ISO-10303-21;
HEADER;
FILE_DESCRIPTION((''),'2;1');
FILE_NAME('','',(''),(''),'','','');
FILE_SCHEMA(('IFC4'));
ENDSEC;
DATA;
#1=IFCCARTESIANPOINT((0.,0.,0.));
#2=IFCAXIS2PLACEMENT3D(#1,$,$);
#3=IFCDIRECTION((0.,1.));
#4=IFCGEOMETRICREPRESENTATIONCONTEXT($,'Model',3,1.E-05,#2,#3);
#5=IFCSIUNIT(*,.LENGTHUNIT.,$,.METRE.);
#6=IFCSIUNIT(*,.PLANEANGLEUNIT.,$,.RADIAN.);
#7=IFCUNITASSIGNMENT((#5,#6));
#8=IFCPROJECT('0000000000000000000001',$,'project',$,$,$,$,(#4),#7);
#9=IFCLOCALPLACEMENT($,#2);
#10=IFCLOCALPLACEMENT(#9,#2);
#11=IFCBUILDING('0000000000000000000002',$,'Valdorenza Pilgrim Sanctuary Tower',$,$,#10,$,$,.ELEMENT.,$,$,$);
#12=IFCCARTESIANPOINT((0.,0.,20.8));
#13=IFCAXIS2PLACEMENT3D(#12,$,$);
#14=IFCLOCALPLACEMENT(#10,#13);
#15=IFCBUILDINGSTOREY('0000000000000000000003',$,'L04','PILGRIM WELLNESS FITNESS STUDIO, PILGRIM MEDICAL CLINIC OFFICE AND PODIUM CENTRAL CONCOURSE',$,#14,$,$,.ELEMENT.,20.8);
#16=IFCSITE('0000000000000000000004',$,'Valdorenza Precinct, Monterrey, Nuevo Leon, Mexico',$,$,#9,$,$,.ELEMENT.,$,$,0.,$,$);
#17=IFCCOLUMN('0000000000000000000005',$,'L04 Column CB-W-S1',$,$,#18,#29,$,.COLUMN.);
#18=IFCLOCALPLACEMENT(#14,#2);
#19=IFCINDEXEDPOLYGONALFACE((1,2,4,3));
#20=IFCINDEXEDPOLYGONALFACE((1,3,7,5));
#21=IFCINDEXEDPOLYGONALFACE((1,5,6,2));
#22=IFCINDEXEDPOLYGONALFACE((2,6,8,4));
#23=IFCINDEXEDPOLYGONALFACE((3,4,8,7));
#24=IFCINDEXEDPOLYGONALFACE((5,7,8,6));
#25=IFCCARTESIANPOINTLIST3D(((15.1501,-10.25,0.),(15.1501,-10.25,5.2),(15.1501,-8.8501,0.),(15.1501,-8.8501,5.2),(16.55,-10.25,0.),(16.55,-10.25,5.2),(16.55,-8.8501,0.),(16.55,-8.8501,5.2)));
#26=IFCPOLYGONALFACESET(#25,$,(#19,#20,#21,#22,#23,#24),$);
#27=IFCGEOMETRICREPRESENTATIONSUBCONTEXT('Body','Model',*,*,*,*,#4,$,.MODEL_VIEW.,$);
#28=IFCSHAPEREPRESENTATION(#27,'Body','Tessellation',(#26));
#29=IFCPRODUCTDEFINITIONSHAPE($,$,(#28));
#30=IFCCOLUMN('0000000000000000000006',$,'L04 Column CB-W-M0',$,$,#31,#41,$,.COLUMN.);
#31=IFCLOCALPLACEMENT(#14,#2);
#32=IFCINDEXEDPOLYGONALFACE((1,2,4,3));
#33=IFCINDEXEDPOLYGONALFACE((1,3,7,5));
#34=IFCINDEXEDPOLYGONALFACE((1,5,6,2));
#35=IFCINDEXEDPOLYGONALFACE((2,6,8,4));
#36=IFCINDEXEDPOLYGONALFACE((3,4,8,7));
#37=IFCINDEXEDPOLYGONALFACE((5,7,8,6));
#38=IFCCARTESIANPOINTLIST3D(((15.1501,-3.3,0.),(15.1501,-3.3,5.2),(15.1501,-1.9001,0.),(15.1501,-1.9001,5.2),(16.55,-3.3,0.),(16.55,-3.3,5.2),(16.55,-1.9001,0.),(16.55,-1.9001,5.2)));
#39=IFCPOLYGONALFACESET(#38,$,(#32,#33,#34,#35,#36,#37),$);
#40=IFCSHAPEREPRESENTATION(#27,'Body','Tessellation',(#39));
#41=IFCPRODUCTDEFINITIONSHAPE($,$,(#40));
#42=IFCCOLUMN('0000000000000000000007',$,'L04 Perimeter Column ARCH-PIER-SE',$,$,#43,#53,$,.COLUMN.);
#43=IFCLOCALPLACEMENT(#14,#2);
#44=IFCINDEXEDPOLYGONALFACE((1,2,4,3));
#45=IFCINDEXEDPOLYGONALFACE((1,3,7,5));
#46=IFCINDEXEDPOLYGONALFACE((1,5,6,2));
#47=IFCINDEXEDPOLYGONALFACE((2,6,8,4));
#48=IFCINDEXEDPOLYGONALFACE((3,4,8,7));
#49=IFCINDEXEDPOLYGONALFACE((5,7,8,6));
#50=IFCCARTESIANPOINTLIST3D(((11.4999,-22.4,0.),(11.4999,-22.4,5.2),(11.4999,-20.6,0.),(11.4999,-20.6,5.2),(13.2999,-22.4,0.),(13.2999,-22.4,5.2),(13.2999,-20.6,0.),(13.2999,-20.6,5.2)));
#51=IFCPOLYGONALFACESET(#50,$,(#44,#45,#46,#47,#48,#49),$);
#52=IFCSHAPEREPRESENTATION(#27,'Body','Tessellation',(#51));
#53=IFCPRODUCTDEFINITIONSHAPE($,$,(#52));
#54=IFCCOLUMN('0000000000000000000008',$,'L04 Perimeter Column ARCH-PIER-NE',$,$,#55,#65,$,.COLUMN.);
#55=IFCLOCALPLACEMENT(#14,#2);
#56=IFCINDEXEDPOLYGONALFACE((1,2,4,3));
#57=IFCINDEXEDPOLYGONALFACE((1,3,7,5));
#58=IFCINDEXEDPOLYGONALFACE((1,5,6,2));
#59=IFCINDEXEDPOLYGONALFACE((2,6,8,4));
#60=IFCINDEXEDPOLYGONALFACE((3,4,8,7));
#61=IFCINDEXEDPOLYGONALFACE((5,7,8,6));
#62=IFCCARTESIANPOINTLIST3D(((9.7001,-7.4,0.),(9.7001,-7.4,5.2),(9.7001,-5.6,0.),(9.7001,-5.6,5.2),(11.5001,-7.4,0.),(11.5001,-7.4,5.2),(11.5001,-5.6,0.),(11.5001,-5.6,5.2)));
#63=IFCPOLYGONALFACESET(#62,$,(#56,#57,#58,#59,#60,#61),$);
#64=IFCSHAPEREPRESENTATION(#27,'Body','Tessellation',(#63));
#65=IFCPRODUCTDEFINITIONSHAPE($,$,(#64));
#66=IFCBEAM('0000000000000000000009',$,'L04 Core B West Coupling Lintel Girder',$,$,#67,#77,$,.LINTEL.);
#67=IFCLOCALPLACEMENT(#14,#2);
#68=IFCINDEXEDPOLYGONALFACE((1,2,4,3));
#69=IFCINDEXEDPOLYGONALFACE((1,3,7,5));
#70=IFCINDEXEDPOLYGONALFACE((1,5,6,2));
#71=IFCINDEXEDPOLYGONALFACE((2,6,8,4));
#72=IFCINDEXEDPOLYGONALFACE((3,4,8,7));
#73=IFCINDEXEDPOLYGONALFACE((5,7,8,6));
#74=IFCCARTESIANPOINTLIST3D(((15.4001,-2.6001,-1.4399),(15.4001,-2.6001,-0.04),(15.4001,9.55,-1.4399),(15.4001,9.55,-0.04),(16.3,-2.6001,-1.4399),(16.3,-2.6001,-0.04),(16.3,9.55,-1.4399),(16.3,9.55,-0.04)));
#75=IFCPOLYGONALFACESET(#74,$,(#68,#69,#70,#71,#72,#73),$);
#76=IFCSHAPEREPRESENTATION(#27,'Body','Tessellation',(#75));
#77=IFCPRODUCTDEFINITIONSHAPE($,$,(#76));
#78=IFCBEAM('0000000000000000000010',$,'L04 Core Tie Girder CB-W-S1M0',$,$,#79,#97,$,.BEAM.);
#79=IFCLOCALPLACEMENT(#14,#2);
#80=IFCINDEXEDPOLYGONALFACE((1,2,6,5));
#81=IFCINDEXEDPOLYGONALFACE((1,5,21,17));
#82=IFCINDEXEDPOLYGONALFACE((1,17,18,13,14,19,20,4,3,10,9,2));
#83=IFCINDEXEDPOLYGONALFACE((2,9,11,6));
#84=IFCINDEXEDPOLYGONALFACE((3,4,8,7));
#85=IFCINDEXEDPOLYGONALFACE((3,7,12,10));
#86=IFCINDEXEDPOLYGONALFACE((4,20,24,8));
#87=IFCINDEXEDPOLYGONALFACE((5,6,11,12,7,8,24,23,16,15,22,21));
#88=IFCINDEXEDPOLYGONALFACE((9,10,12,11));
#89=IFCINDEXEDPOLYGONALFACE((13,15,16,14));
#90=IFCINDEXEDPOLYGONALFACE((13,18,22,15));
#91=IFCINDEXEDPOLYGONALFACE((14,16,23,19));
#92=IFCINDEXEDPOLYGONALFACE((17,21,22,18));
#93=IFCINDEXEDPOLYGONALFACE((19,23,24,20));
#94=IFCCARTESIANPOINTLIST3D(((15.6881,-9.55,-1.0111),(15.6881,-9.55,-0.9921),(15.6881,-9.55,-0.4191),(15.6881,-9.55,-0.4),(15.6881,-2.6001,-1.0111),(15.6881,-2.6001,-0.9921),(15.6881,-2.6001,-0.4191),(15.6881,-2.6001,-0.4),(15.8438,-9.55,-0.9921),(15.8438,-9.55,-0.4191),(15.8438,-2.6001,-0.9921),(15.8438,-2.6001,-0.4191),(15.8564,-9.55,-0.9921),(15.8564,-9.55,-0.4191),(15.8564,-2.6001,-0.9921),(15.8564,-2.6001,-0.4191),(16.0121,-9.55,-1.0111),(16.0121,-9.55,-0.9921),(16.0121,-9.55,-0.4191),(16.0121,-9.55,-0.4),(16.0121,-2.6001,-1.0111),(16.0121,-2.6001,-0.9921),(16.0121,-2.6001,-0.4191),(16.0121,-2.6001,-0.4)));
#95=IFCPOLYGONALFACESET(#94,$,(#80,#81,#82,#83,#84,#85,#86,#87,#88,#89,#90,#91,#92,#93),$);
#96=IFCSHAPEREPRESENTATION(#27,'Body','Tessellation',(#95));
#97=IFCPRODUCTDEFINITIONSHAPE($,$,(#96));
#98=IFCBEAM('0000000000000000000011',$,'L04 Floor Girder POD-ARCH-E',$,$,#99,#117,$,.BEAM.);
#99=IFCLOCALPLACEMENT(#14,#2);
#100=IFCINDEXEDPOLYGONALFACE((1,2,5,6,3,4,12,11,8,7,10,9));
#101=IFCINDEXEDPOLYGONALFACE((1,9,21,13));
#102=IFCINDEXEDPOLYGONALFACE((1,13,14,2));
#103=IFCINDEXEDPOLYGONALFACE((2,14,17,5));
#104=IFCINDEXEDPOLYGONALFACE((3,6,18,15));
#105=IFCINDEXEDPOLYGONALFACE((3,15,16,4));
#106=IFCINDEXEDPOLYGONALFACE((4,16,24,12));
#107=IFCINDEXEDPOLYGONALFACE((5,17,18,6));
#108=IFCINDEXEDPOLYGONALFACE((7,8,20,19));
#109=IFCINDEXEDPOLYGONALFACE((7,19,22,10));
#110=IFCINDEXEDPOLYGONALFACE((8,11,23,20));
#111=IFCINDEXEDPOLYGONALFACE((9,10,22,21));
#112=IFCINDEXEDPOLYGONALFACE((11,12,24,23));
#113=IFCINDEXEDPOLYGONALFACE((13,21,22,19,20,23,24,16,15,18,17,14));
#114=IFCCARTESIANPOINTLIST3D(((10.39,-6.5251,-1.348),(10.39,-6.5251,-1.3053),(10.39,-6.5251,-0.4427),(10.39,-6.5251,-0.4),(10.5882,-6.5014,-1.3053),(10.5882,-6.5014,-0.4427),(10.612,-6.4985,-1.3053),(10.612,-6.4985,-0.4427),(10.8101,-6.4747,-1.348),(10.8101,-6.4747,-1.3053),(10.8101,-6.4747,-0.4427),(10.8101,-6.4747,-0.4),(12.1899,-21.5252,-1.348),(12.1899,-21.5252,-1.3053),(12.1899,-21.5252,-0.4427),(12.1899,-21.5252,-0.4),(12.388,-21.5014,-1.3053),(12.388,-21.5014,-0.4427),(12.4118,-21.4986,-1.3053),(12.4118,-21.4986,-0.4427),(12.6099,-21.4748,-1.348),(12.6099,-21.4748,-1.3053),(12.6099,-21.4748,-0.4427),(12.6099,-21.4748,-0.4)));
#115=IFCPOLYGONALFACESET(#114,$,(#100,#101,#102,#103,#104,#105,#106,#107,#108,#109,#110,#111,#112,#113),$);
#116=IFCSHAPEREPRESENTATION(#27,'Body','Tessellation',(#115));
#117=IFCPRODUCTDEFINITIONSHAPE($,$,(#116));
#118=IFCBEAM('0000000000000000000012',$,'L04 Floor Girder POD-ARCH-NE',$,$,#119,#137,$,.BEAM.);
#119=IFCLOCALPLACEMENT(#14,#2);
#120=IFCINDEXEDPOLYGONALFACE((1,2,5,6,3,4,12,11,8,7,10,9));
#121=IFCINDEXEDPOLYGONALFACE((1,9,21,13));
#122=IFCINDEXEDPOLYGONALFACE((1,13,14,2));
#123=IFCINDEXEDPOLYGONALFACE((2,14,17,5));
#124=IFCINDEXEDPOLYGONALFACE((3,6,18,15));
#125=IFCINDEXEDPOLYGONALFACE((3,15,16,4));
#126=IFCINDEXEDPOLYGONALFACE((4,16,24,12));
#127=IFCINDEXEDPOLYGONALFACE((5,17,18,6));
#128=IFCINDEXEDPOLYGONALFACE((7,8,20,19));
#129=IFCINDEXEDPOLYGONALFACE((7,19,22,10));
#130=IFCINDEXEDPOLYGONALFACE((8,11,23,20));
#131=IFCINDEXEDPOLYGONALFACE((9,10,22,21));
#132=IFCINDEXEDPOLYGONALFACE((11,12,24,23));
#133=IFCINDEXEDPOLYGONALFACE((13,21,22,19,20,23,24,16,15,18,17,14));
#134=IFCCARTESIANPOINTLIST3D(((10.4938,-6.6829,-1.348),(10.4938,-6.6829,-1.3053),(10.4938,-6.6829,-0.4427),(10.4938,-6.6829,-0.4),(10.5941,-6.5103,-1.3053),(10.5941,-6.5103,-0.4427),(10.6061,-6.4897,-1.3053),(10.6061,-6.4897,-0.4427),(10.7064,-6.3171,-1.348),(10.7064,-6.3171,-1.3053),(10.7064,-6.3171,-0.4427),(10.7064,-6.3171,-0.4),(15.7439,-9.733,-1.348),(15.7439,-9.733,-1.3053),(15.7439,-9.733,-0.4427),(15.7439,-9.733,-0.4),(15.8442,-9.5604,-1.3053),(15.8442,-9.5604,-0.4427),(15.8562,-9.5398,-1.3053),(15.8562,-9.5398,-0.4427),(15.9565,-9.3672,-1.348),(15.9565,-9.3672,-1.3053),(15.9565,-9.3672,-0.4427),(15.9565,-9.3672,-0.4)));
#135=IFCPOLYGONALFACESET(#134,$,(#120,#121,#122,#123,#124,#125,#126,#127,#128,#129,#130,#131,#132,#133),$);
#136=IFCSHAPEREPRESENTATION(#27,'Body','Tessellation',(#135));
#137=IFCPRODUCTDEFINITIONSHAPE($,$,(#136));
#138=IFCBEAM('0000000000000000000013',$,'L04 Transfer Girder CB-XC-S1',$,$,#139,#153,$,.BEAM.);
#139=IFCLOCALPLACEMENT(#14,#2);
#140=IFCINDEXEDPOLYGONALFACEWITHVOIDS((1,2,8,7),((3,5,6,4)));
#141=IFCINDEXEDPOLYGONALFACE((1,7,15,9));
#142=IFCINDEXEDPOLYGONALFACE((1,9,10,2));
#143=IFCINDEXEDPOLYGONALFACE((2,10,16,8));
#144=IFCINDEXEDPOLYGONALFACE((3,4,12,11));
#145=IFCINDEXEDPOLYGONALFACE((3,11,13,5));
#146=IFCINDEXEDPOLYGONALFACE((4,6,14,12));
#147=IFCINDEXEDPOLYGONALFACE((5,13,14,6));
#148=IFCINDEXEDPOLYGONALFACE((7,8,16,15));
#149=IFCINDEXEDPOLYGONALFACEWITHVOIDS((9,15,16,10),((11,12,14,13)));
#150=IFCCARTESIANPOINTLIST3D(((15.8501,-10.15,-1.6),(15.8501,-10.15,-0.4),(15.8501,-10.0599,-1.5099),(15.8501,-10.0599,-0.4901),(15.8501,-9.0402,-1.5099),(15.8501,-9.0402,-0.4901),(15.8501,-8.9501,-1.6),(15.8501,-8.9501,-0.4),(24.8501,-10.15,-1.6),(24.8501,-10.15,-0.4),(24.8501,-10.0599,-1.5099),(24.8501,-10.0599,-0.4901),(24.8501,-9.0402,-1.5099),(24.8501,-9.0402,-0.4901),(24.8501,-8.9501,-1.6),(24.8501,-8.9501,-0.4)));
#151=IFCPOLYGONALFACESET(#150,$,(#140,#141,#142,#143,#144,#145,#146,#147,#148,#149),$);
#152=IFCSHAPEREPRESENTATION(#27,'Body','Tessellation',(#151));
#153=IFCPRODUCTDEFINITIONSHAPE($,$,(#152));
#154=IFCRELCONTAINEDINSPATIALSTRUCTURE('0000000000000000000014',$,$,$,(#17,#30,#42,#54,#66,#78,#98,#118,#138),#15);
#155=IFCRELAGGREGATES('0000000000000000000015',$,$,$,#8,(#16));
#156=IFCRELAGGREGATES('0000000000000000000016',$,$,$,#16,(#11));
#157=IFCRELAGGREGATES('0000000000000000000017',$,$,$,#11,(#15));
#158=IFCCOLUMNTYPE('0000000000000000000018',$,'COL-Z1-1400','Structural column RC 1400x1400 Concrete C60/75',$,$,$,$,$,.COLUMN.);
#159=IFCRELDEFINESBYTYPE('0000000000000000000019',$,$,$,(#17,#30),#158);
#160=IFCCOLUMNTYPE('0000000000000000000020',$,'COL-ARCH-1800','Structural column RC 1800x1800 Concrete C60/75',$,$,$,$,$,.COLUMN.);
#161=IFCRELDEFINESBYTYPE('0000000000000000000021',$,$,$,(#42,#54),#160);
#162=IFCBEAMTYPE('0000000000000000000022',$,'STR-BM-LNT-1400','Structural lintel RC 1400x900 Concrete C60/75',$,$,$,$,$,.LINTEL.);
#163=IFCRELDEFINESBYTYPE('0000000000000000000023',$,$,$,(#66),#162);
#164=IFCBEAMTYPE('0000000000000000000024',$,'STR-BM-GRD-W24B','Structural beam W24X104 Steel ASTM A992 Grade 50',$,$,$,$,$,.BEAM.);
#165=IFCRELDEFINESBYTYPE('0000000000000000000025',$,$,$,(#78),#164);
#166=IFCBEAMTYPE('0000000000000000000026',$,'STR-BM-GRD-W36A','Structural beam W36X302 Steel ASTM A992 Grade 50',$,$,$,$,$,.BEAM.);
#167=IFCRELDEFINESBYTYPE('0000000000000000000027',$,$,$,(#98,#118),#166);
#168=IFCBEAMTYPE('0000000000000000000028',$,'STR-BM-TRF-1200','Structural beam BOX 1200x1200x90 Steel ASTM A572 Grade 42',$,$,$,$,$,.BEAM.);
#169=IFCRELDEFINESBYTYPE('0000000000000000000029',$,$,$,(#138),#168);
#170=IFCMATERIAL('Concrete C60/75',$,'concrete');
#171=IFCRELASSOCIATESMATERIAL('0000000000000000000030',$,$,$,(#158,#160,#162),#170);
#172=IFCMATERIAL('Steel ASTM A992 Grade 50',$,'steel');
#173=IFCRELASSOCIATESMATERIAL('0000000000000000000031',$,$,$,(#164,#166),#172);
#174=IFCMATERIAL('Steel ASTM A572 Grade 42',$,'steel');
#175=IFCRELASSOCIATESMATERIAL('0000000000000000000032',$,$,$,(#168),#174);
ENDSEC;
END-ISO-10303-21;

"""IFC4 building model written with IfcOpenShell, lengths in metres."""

from ifc_helpers import new_model, si_unit, direction, frame, origin, origin_2d, place, context, subcontext, project, spatial, rectangle, hollow_rectangle, i_section, extrude, source, transform, mapped, material, material_profile, profile_set, type_object, element, save


model = new_model("IFC4")

# Units and contexts
model_context = context("Model", 3, precision=1e-05, world=origin(), true_north=direction((0.0, 1.0)))
body_context = subcontext(model_context, "Body", "Model", "MODEL_VIEW")
ifc_project = project(units=[si_unit("LENGTHUNIT", "METRE"), si_unit("PLANEANGLEUNIT", "RADIAN")], contexts=[model_context])

# Site, building, storey
site_placement = place(None, origin())
site = spatial("IfcSite", under=ifc_project, at=site_placement, Name="Valdorenza Precinct, Monterrey, Nuevo Leon, Mexico", CompositionType="ELEMENT", RefElevation=0.0)
building_placement = place(site_placement, origin())
building = spatial("IfcBuilding", under=site, at=building_placement, Name="Valdorenza Pilgrim Sanctuary Tower", CompositionType="ELEMENT")
storey_placement = place(building_placement, frame((0.0, 0.0, 20.8)))
storey = spatial("IfcBuildingStorey", under=building, at=storey_placement, Name="L04", Description="PILGRIM WELLNESS FITNESS STUDIO, PILGRIM MEDICAL CLINIC OFFICE AND PODIUM CENTRAL CONCOURSE", CompositionType="ELEMENT", Elevation=20.8)

# Columns
ifc_material_1 = material(Name="Concrete C60/75", Category="concrete")
ifc_material_profile_1 = material_profile(ifc_material_1, rectangle(XDim=1.3999, YDim=1.3999, at=origin_2d()), Name="RC 1400x1400")
ifc_profile_set_1 = profile_set([ifc_material_profile_1], Name="Concrete C60/75")
column_type_1 = type_object("IfcColumnType", Name="COL-Z1-1400", Description="Structural column RC 1400x1400 Concrete C60/75", PredefinedType="COLUMN", material=ifc_profile_set_1)
shared_shape_1 = source(origin(), body_context, "Body", "SweptSolid", [
    extrude(rectangle(XDim=1.3999, YDim=1.3999, at=origin_2d()), origin(), (0.0, 0.0, 1.0), 5.2),
])
for number, where, z_axis, x_axis, name in (
    (1, (15.8501, -9.55, 0.0), (0.0, 0.0, 1.0), (1.0, 0.0, 0.0), "L04 Column CB-W-S1"),
    (2, (15.8501, -2.6001, 0.0), (0.0, 0.0, 1.0), (1.0, 0.0, 0.0), "L04 Column CB-W-M0"),
):
    element("IfcColumn", number, at=place(storey_placement, frame(where, z_axis=z_axis, x_axis=x_axis)), inside=storey, type_object=column_type_1, Name=name, PredefinedType="COLUMN", context=body_context, shape_type="MappedRepresentation", body=[
        mapped(shared_shape_1, transform((0.0, 0.0, 0.0), x_axis=(1.0, 0.0, 0.0), y_axis=(0.0, 1.0, 0.0), z_axis=(0.0, 0.0, 1.0), scale=1.0)),
    ])
ifc_material_profile_2 = material_profile(ifc_material_1, rectangle(XDim=1.8, YDim=1.8, at=origin_2d()), Name="RC 1800x1800")
ifc_profile_set_2 = profile_set([ifc_material_profile_2], Name="Concrete C60/75")
column_type_2 = type_object("IfcColumnType", Name="COL-ARCH-1800", Description="Structural column RC 1800x1800 Concrete C60/75", PredefinedType="COLUMN", material=ifc_profile_set_2)
shared_shape_2 = source(origin(), body_context, "Body", "SweptSolid", [
    extrude(rectangle(XDim=1.8, YDim=1.8, at=origin_2d()), origin(), (0.0, 0.0, 1.0), 5.2),
])
for number, where, z_axis, x_axis, name in (
    (3, (12.3999, -21.5, 0.0), (0.0, 0.0, 1.0), (1.0, 0.0, 0.0), "L04 Perimeter Column ARCH-PIER-SE"),
    (4, (10.6001, -6.5, 0.0), (0.0, 0.0, 1.0), (1.0, 0.0, 0.0), "L04 Perimeter Column ARCH-PIER-NE"),
):
    element("IfcColumn", number, at=place(storey_placement, frame(where, z_axis=z_axis, x_axis=x_axis)), inside=storey, type_object=column_type_2, Name=name, PredefinedType="COLUMN", context=body_context, shape_type="MappedRepresentation", body=[
        mapped(shared_shape_2, transform((0.0, 0.0, 0.0), x_axis=(1.0, 0.0, 0.0), y_axis=(0.0, 1.0, 0.0), z_axis=(0.0, 0.0, 1.0), scale=1.0)),
    ])

# Beams
ifc_material_profile_3 = material_profile(ifc_material_1, rectangle(XDim=0.8999, YDim=1.3999, at=origin_2d()), Name="RC 1400x900")
ifc_profile_set_3 = profile_set([ifc_material_profile_3], Name="Concrete C60/75")
beam_type_1 = type_object("IfcBeamType", Name="STR-BM-LNT-1400", Description="Structural lintel RC 1400x900 Concrete C60/75", PredefinedType="LINTEL", material=ifc_profile_set_3)
shared_shape_3 = source(origin(), body_context, "Body", "SweptSolid", [
    extrude(rectangle(XDim=0.8999, YDim=1.3999, at=origin_2d()), origin(), (0.0, 0.0, 1.0), 12.1501),
])
beam_1_placement = place(storey_placement, frame((15.8501, -2.6001, -0.74), z_axis=(0.0, 1.0, 0.0), x_axis=(-1.0, 0.0, 0.0)))
element("IfcBeam", 5, at=beam_1_placement, inside=storey, type_object=beam_type_1, Name="L04 Core B West Coupling Lintel Girder", PredefinedType="LINTEL", context=body_context, shape_type="MappedRepresentation", body=[
    mapped(shared_shape_3, transform((0.0, 0.0, 0.0), x_axis=(1.0, 0.0, 0.0), y_axis=(0.0, 1.0, 0.0), z_axis=(0.0, 0.0, 1.0), scale=1.0)),
])
ifc_material_2 = material(Name="Steel ASTM A992 Grade 50", Category="steel")
ifc_material_profile_4 = material_profile(ifc_material_2, i_section(OverallWidth=0.324, OverallDepth=0.6111, WebThickness=0.0127, FlangeThickness=0.019, at=origin_2d()), Name="W24X104")
ifc_profile_set_4 = profile_set([ifc_material_profile_4], Name="Steel ASTM A992 Grade 50")
beam_type_2 = type_object("IfcBeamType", Name="STR-BM-GRD-W24B", Description="Structural beam W24X104 Steel ASTM A992 Grade 50", PredefinedType="BEAM", material=ifc_profile_set_4)
shared_shape_4 = source(origin(), body_context, "Body", "SweptSolid", [
    extrude(i_section(OverallWidth=0.324, OverallDepth=0.6111, WebThickness=0.0127, FlangeThickness=0.019, at=origin_2d()), origin(), (0.0, 0.0, 1.0), 6.95),
])
beam_2_placement = place(storey_placement, frame((15.8501, -9.55, -0.7056), z_axis=(0.0, 1.0, 0.0), x_axis=(-1.0, 0.0, 0.0)))
element("IfcBeam", 6, at=beam_2_placement, inside=storey, type_object=beam_type_2, Name="L04 Core Tie Girder CB-W-S1M0", PredefinedType="BEAM", context=body_context, shape_type="MappedRepresentation", body=[
    mapped(shared_shape_4, transform((0.0, 0.0, 0.0), x_axis=(1.0, 0.0, 0.0), y_axis=(0.0, 1.0, 0.0), z_axis=(0.0, 0.0, 1.0), scale=1.0)),
])
ifc_material_profile_5 = material_profile(ifc_material_2, i_section(OverallWidth=0.4231, OverallDepth=0.948, WebThickness=0.0239, FlangeThickness=0.0427, at=origin_2d()), Name="W36X302")
ifc_profile_set_5 = profile_set([ifc_material_profile_5], Name="Steel ASTM A992 Grade 50")
beam_type_3 = type_object("IfcBeamType", Name="STR-BM-GRD-W36A", Description="Structural beam W36X302 Steel ASTM A992 Grade 50", PredefinedType="BEAM", material=ifc_profile_set_5)
shared_shape_5 = source(origin(), body_context, "Body", "SweptSolid", [
    extrude(i_section(OverallWidth=0.4231, OverallDepth=0.948, WebThickness=0.0239, FlangeThickness=0.0427, at=origin_2d()), origin(), (0.0, 0.0, 1.0), 15.1077),
])
beam_3_placement = place(storey_placement, frame((12.3999, -21.5, -0.874), z_axis=(-0.119132, 0.992878, 0.0), x_axis=(-0.992878, -0.119132, 0.0)))
element("IfcBeam", 7, at=beam_3_placement, inside=storey, type_object=beam_type_3, Name="L04 Floor Girder POD-ARCH-E", PredefinedType="BEAM", context=body_context, shape_type="MappedRepresentation", body=[
    mapped(shared_shape_5, transform((0.0, 0.0, 0.0), x_axis=(1.0, 0.0, 0.0), y_axis=(0.0, 1.0, 0.0), z_axis=(0.0, 0.0, 1.0), scale=1.0)),
])
shared_shape_6 = source(origin(), body_context, "Body", "SweptSolid", [
    extrude(i_section(OverallWidth=0.4231, OverallDepth=0.948, WebThickness=0.0239, FlangeThickness=0.0427, at=origin_2d()), origin(), (0.0, 0.0, 1.0), 6.0718),
])
beam_4_placement = place(storey_placement, frame((10.6001, -6.5, -0.874), z_axis=(0.86467, -0.50234, 0.0), x_axis=(0.50234, 0.86467, 0.0)))
element("IfcBeam", 8, at=beam_4_placement, inside=storey, type_object=beam_type_3, Name="L04 Floor Girder POD-ARCH-NE", PredefinedType="BEAM", context=body_context, shape_type="MappedRepresentation", body=[
    mapped(shared_shape_6, transform((0.0, 0.0, 0.0), x_axis=(1.0, 0.0, 0.0), y_axis=(0.0, 1.0, 0.0), z_axis=(0.0, 0.0, 1.0), scale=1.0)),
])
ifc_material_3 = material(Name="Steel ASTM A572 Grade 42", Category="steel")
ifc_material_profile_6 = material_profile(ifc_material_3, hollow_rectangle(XDim=1.2, YDim=1.2, WallThickness=0.0901, at=origin_2d()), Name="BOX 1200x1200x90")
ifc_profile_set_6 = profile_set([ifc_material_profile_6], Name="Steel ASTM A572 Grade 42")
beam_type_4 = type_object("IfcBeamType", Name="STR-BM-TRF-1200", Description="Structural beam BOX 1200x1200x90 Steel ASTM A572 Grade 42", PredefinedType="BEAM", material=ifc_profile_set_6)
shared_shape_7 = source(origin(), body_context, "Body", "SweptSolid", [
    extrude(hollow_rectangle(XDim=1.2, YDim=1.2, WallThickness=0.0901, at=origin_2d()), origin(), (0.0, 0.0, 1.0), 9.0),
])
beam_5_placement = place(storey_placement, frame((15.8501, -9.55, -1.0), z_axis=(1.0, 0.0, 0.0), x_axis=(0.0, 1.0, 0.0)))
element("IfcBeam", 9, at=beam_5_placement, inside=storey, type_object=beam_type_4, Name="L04 Transfer Girder CB-XC-S1", PredefinedType="BEAM", context=body_context, shape_type="MappedRepresentation", body=[
    mapped(shared_shape_7, transform((0.0, 0.0, 0.0), x_axis=(1.0, 0.0, 0.0), y_axis=(0.0, 1.0, 0.0), z_axis=(0.0, 0.0, 1.0), scale=1.0)),
])

save(model, "model.ifc")
